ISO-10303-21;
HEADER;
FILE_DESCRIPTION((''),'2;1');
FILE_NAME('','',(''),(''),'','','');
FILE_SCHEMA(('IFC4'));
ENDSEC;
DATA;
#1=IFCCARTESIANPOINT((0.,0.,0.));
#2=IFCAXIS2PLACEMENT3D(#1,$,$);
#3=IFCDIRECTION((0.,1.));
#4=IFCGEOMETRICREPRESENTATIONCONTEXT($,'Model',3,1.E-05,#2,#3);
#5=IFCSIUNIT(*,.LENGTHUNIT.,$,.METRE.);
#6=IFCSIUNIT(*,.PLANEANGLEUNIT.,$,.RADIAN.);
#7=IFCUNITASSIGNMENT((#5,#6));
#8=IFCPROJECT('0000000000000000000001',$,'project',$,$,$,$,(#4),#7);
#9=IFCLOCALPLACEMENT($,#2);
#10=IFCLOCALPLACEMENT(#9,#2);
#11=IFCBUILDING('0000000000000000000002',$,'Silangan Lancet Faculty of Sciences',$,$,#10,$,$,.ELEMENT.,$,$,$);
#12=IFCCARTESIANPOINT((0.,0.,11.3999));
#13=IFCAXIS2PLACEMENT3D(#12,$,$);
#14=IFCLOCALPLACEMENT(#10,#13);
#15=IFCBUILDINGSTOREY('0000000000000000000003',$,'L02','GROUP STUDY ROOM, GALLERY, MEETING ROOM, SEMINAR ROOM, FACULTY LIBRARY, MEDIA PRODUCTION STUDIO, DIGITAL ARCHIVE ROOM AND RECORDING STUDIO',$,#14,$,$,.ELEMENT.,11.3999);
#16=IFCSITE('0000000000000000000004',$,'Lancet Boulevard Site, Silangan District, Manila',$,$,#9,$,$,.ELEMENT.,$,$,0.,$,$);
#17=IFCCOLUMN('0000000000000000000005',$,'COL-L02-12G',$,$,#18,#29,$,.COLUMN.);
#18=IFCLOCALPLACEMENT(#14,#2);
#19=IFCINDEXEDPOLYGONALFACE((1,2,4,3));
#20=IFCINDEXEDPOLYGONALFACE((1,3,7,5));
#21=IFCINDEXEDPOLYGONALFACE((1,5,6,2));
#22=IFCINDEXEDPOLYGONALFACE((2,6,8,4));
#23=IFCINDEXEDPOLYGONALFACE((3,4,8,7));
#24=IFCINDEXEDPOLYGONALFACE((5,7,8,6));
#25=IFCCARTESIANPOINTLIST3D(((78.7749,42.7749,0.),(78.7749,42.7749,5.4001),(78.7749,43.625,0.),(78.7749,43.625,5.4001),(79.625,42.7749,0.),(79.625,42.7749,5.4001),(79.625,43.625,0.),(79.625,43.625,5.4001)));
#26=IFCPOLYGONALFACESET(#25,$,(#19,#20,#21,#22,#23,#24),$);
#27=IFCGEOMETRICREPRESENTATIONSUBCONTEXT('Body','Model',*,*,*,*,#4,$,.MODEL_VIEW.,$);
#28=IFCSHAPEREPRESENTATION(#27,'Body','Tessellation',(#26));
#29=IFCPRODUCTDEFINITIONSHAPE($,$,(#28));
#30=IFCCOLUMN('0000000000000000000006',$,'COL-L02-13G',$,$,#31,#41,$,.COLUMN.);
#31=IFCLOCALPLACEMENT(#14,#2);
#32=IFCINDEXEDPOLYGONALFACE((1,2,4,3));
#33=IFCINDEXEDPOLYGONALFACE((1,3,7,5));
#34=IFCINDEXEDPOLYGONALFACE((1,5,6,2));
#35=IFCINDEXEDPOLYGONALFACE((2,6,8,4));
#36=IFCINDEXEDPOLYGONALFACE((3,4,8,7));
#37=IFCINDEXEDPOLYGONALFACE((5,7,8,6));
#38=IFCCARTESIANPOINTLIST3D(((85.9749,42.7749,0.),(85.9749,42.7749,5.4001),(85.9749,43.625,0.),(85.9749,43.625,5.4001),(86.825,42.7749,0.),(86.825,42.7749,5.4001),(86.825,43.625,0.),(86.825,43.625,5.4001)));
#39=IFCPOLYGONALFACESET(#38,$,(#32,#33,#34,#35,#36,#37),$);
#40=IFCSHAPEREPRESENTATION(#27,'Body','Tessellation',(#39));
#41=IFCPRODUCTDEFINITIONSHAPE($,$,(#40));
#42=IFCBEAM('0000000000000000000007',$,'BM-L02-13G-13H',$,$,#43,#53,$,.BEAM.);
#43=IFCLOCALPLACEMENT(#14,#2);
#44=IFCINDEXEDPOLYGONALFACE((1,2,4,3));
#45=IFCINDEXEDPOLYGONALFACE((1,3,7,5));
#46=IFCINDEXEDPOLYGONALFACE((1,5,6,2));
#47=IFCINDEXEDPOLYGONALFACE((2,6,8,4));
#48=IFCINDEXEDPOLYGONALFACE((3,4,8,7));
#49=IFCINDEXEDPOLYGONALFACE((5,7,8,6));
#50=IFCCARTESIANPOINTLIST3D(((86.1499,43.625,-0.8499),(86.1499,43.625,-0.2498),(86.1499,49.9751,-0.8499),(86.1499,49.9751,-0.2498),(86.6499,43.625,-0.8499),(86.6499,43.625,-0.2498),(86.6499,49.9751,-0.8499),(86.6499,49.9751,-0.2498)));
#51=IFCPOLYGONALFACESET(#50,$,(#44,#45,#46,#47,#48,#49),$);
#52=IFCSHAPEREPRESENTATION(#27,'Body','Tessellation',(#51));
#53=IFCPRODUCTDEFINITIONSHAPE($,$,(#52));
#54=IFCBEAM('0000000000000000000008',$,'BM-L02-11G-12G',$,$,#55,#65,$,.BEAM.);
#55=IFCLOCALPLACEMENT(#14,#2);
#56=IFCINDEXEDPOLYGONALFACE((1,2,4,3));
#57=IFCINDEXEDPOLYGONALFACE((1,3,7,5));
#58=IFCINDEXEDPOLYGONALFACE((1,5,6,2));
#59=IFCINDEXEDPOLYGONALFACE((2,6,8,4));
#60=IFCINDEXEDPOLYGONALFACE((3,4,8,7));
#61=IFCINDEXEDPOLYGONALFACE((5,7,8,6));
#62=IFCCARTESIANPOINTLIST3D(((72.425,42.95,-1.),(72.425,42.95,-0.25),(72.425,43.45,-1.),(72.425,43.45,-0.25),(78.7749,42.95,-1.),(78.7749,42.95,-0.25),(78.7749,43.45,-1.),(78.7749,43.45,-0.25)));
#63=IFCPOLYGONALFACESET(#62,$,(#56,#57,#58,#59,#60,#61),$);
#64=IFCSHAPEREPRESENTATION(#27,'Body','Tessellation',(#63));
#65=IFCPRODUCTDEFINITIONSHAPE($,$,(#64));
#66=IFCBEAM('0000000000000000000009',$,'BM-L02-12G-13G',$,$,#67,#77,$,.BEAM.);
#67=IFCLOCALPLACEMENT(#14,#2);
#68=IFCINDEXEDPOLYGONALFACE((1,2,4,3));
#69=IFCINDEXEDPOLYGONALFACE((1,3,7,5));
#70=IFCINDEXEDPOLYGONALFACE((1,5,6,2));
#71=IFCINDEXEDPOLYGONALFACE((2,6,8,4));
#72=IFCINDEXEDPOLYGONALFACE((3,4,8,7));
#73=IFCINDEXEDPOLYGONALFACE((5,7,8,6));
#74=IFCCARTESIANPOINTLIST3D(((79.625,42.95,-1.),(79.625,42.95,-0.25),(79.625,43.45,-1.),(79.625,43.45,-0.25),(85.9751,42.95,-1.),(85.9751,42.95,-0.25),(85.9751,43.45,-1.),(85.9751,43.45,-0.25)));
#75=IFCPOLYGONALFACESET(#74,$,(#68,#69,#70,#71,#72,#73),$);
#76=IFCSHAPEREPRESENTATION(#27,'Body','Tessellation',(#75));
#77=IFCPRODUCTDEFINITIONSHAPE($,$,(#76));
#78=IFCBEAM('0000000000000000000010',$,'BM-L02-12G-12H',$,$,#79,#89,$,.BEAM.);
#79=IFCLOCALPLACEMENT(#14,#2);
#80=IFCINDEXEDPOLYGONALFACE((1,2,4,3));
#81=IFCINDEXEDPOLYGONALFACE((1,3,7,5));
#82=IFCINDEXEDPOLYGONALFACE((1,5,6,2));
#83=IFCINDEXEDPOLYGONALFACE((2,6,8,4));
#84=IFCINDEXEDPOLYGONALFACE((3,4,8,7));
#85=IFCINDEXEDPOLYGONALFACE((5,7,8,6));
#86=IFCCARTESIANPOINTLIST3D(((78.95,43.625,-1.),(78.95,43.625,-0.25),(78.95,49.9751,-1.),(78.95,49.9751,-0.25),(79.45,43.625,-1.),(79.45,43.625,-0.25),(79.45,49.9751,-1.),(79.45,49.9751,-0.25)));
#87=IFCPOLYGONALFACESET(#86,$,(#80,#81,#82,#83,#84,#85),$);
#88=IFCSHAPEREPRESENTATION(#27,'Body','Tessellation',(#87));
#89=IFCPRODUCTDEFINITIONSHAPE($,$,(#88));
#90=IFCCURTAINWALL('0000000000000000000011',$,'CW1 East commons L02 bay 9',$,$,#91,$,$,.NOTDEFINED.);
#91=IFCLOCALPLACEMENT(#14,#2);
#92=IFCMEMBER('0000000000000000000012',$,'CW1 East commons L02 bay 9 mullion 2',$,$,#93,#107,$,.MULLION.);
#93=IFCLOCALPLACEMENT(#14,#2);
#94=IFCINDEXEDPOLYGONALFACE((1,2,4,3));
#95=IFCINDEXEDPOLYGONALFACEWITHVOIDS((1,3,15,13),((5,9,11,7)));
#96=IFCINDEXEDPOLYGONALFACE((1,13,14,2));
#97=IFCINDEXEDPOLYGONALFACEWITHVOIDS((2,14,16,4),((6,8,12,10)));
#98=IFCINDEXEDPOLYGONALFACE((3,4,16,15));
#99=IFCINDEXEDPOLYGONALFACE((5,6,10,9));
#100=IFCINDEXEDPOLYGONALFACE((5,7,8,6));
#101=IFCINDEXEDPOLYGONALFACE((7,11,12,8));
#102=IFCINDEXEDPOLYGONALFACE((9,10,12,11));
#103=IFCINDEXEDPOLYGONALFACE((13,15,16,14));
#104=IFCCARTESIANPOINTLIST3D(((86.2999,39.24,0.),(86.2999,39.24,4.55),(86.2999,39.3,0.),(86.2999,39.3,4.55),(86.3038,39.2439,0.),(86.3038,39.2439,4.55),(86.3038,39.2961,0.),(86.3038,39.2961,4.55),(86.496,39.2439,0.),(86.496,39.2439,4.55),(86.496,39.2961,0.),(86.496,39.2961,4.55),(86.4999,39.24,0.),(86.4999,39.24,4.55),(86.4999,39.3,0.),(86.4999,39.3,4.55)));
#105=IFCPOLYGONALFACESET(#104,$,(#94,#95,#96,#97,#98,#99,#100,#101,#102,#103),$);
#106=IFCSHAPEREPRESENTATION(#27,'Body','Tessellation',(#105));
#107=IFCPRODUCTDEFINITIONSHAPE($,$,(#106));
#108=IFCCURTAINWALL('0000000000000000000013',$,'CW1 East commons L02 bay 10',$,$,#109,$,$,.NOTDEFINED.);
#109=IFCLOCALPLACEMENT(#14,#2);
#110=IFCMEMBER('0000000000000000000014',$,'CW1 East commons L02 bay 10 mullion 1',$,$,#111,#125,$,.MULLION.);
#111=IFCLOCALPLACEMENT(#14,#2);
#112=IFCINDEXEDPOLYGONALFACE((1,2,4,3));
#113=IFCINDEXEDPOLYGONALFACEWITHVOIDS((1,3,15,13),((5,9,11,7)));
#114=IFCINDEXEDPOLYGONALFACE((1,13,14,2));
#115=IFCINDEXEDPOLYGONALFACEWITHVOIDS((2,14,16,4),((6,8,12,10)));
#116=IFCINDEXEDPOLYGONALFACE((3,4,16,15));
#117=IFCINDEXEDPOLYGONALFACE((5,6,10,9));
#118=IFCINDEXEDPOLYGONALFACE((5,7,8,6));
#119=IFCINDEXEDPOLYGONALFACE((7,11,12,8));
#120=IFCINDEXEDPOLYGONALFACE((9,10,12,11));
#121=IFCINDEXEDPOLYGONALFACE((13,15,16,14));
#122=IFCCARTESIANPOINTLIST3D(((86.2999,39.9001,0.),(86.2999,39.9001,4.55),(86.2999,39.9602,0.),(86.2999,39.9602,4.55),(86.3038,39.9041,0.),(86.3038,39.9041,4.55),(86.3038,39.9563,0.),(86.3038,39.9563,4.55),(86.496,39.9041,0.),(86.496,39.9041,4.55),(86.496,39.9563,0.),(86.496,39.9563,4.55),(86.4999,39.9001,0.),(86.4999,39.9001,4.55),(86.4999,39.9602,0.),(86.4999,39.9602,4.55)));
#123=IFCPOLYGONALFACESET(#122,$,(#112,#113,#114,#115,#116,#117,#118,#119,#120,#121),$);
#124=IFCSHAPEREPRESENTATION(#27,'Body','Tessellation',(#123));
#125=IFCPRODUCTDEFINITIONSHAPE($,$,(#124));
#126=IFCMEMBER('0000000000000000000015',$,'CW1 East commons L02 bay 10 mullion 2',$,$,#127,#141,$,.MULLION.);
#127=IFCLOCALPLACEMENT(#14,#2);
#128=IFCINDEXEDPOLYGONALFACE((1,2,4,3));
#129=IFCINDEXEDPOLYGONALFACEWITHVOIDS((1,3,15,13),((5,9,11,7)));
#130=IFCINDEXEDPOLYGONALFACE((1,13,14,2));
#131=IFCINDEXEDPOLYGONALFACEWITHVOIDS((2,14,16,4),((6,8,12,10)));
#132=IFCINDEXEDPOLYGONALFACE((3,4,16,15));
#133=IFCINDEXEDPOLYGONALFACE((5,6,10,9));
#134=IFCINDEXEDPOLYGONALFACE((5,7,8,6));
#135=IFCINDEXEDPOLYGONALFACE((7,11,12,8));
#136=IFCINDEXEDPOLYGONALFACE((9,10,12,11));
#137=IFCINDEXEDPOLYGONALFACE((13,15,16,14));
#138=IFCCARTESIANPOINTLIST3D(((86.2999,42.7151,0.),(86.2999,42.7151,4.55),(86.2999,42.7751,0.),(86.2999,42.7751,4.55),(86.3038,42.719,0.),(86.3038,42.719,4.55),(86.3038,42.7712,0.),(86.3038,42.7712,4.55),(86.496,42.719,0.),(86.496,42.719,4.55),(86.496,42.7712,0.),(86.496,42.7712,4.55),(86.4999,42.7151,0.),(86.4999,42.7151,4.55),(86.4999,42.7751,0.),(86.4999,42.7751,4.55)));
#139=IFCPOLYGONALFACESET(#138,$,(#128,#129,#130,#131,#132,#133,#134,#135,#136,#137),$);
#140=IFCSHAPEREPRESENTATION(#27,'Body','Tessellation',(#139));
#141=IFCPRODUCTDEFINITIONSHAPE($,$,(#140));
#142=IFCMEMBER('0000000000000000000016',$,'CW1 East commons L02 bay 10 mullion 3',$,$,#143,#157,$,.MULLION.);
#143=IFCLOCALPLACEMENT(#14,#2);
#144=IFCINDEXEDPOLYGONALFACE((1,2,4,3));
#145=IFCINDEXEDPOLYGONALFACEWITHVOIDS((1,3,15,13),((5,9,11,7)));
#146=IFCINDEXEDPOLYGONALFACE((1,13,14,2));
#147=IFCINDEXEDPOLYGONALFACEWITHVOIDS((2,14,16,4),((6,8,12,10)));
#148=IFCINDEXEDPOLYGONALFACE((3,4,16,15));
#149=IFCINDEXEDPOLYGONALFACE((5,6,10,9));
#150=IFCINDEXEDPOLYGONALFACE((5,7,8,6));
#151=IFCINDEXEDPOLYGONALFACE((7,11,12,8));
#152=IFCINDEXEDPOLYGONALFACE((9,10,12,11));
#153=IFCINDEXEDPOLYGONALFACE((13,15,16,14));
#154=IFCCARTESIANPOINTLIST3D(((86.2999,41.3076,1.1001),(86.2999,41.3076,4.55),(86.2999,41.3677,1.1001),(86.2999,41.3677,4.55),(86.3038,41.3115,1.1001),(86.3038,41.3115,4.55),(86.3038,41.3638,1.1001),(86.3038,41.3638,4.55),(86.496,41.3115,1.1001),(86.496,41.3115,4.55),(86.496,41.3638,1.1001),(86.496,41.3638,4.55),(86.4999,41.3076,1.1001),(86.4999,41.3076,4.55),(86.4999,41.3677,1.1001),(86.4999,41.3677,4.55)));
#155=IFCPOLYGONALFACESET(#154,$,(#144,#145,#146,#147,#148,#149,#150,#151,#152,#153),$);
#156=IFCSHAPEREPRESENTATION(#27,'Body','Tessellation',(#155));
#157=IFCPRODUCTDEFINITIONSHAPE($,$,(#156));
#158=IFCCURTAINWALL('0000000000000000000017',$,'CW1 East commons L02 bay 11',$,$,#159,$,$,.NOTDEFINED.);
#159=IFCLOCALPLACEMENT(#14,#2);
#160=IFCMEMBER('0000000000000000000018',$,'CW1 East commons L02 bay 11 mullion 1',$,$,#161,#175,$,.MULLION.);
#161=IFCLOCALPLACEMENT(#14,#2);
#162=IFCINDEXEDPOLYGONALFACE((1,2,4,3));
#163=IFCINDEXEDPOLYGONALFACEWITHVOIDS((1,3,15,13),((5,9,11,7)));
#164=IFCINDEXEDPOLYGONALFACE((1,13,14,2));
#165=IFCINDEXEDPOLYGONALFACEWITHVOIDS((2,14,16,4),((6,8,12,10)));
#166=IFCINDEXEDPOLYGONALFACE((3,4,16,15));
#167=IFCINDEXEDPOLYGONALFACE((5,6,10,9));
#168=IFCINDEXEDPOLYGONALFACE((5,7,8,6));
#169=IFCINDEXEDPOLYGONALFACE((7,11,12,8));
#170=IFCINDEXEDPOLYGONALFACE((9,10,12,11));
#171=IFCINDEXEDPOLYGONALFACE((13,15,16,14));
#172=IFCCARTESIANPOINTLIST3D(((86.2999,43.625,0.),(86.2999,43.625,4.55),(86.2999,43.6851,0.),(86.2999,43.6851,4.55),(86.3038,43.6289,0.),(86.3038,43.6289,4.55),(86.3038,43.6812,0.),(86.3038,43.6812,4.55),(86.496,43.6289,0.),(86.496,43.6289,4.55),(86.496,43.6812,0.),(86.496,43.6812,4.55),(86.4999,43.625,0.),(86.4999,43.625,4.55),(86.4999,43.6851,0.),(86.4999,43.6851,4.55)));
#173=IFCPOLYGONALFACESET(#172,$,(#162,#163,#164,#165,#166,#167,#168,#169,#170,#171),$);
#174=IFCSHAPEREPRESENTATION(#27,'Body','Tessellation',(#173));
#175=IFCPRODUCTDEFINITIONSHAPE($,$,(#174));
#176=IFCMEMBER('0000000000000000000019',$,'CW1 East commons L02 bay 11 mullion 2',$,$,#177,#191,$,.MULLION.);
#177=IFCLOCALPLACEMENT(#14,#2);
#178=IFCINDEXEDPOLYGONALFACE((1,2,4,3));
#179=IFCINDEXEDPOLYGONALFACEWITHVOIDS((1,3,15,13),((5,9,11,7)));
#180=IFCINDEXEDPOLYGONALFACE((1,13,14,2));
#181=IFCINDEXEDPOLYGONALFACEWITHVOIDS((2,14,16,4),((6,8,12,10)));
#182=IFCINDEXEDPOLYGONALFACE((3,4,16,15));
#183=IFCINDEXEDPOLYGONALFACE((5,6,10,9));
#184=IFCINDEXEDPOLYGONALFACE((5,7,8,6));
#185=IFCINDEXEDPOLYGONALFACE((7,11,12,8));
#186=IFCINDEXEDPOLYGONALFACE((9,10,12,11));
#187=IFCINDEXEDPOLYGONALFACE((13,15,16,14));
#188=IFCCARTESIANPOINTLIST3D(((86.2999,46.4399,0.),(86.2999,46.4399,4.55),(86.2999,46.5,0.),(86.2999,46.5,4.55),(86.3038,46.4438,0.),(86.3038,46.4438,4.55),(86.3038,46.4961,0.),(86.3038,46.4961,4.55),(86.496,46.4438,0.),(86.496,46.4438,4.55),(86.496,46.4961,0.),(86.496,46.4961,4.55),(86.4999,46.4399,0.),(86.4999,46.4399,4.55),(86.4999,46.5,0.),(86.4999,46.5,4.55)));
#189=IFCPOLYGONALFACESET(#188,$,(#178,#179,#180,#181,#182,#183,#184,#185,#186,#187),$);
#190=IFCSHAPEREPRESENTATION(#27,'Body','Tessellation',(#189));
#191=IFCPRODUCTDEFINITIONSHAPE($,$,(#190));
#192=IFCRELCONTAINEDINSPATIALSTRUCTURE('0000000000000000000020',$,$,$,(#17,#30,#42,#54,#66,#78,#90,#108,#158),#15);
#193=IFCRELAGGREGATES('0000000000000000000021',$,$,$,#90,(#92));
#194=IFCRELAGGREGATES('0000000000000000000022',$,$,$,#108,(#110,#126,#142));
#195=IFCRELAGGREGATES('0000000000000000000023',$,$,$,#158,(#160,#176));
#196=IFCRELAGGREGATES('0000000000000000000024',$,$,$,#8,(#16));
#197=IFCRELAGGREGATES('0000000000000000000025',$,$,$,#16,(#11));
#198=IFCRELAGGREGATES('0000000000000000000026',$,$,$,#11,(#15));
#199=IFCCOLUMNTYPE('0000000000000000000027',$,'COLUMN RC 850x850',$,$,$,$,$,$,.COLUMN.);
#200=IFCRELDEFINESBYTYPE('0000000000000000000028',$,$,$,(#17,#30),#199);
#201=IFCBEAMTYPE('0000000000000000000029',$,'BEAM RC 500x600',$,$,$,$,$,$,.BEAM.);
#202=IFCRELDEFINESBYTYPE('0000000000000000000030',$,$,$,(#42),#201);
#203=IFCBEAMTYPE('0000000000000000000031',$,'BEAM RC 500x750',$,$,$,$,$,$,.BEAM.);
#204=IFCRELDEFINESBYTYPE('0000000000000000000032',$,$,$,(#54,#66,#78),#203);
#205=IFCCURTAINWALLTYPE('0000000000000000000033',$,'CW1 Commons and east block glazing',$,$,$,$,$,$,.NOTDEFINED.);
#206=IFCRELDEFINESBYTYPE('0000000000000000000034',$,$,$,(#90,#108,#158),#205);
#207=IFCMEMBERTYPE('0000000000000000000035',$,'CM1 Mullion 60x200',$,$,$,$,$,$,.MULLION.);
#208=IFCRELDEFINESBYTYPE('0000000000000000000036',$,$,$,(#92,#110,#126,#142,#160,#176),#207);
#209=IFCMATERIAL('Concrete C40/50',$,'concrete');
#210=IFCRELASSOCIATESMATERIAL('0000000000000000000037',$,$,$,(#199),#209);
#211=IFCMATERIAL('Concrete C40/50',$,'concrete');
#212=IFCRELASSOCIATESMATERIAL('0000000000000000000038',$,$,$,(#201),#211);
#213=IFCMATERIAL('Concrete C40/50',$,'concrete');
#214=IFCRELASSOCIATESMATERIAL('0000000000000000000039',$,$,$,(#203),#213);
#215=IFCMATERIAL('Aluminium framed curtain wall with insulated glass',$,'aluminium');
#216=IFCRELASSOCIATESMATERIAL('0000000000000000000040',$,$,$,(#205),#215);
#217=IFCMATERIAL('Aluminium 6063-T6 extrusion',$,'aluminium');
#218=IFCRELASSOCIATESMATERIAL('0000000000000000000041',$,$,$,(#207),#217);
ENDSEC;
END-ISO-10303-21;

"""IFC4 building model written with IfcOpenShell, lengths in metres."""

from ifc_helpers import new_model, si_unit, direction, frame, origin, origin_2d, place, context, subcontext, project, spatial, rectangle, hollow_rectangle, extrude, material, material_profile, profile_set, type_object, element, aggregate, save


model = new_model("IFC4")

# Units and contexts
model_context = context("Model", 3, precision=1e-05, world=origin(), true_north=direction((0.0, 1.0)))
body_context = subcontext(model_context, "Body", "Model", "MODEL_VIEW")
ifc_project = project(units=[si_unit("LENGTHUNIT", "METRE"), si_unit("PLANEANGLEUNIT", "RADIAN")], contexts=[model_context])

# Site, building, storey
site_placement = place(None, origin())
site = spatial("IfcSite", under=ifc_project, at=site_placement, Name="Lancet Boulevard Site, Silangan District, Manila", CompositionType="ELEMENT", RefElevation=0.0)
building_placement = place(site_placement, origin())
building = spatial("IfcBuilding", under=site, at=building_placement, Name="Silangan Lancet Faculty of Sciences", CompositionType="ELEMENT")
storey_placement = place(building_placement, frame((0.0, 0.0, 11.3999)))
storey = spatial("IfcBuildingStorey", under=building, at=storey_placement, Name="L02", Description="GROUP STUDY ROOM, GALLERY, MEETING ROOM, SEMINAR ROOM, FACULTY LIBRARY, MEDIA PRODUCTION STUDIO, DIGITAL ARCHIVE ROOM AND RECORDING STUDIO", CompositionType="ELEMENT", Elevation=11.3999)

# Columns
ifc_material_1 = material(Name="Concrete C40/50", Category="concrete")
ifc_material_profile_1 = material_profile(ifc_material_1, rectangle(XDim=0.8501, YDim=0.8501, at=origin_2d()), Name="RC 850x850")
ifc_profile_set_1 = profile_set([ifc_material_profile_1], Name="Concrete C40/50")
column_type = type_object("IfcColumnType", Name="COLUMN RC 850x850", PredefinedType="COLUMN", material=ifc_profile_set_1)
for number, where, z_axis, x_axis, name in (
    (1, (79.2, 43.2, 0.0), (0.0, 0.0, 1.0), (1.0, 0.0, 0.0), "COL-L02-12G"),
    (2, (86.3999, 43.2, 0.0), (0.0, 0.0, 1.0), (1.0, 0.0, 0.0), "COL-L02-13G"),
):
    element("IfcColumn", number, at=place(storey_placement, frame(where, z_axis=z_axis, x_axis=x_axis)), inside=storey, type_object=column_type, Name=name, PredefinedType="COLUMN", context=body_context, shape_type="SweptSolid", body=[
        extrude(rectangle(XDim=0.8501, YDim=0.8501, at=origin_2d()), origin(), (0.0, 0.0, 1.0), 5.4001),
    ])

# Beams
ifc_material_2 = material(Name="Concrete C40/50", Category="concrete")
ifc_material_profile_2 = material_profile(ifc_material_2, rectangle(XDim=0.5, YDim=0.6001, at=origin_2d()), Name="RC 500x600")
ifc_profile_set_2 = profile_set([ifc_material_profile_2], Name="Concrete C40/50")
beam_type_1 = type_object("IfcBeamType", Name="BEAM RC 500x600", PredefinedType="BEAM", material=ifc_profile_set_2)
beam_1_placement = place(storey_placement, frame((86.3999, 43.625, -0.5498), z_axis=(0.0, 1.0, 0.0), x_axis=(-1.0, 0.0, 0.0)))
element("IfcBeam", 3, at=beam_1_placement, inside=storey, type_object=beam_type_1, Name="BM-L02-13G-13H", PredefinedType="BEAM", context=body_context, shape_type="SweptSolid", body=[
    extrude(rectangle(XDim=0.5, YDim=0.6001, at=origin_2d()), origin(), (0.0, 0.0, 1.0), 6.3501),
])
ifc_material_3 = material(Name="Concrete C40/50", Category="concrete")
ifc_material_profile_3 = material_profile(ifc_material_3, rectangle(XDim=0.5, YDim=0.75, at=origin_2d()), Name="RC 500x750")
ifc_profile_set_3 = profile_set([ifc_material_profile_3], Name="Concrete C40/50")
beam_type_2 = type_object("IfcBeamType", Name="BEAM RC 500x750", PredefinedType="BEAM", material=ifc_profile_set_3)
beam_2_placement = place(storey_placement, frame((72.425, 43.2, -0.625), z_axis=(1.0, 0.0, 0.0), x_axis=(0.0, 1.0, 0.0)))
element("IfcBeam", 4, at=beam_2_placement, inside=storey, type_object=beam_type_2, Name="BM-L02-11G-12G", PredefinedType="BEAM", context=body_context, shape_type="SweptSolid", body=[
    extrude(rectangle(XDim=0.5, YDim=0.75, at=origin_2d()), origin(), (0.0, 0.0, 1.0), 6.3499),
])
for number, where, z_axis, x_axis, name in (
    (5, (79.625, 43.2, -0.625), (1.0, 0.0, 0.0), (0.0, 1.0, 0.0), "BM-L02-12G-13G"),
    (6, (79.2, 43.625, -0.625), (0.0, 1.0, 0.0), (-1.0, 0.0, 0.0), "BM-L02-12G-12H"),
):
    element("IfcBeam", number, at=place(storey_placement, frame(where, z_axis=z_axis, x_axis=x_axis)), inside=storey, type_object=beam_type_2, Name=name, PredefinedType="BEAM", context=body_context, shape_type="SweptSolid", body=[
        extrude(rectangle(XDim=0.5, YDim=0.75, at=origin_2d()), origin(), (0.0, 0.0, 1.0), 6.3501),
    ])

# Curtain wall, member
ifc_material_4 = material(Name="Aluminium framed curtain wall with insulated glass", Category="aluminium")
curtain_wall_type = type_object("IfcCurtainWallType", Name="CW1 Commons and east block glazing", PredefinedType="NOTDEFINED", material=ifc_material_4)
curtain_wall_1_placement = place(storey_placement, origin())
curtain_wall_1 = element("IfcCurtainWall", 7, at=curtain_wall_1_placement, inside=storey, type_object=curtain_wall_type, Name="CW1 East commons L02 bay 9", PredefinedType="NOTDEFINED")
ifc_material_5 = material(Name="Aluminium 6063-T6 extrusion", Category="aluminium")
ifc_material_profile_4 = material_profile(ifc_material_5, hollow_rectangle(XDim=0.0601, YDim=0.2, WallThickness=0.0039, at=origin_2d()), Name="AL BOX 60x200x4")
ifc_profile_set_4 = profile_set([ifc_material_profile_4], Name="Aluminium 6063-T6 extrusion")
member_type_1 = type_object("IfcMemberType", Name="CM1 Mullion 60x200", PredefinedType="MULLION", material=ifc_profile_set_4)
member_1_placement = place(storey_placement, frame((86.3999, 39.27, 0.0), z_axis=(0.0, 0.0, 1.0), x_axis=(0.0, 1.0, 0.0)))
member_1 = element("IfcMember", 8, at=member_1_placement, type_object=member_type_1, Name="CW1 East commons L02 bay 9 mullion 2", PredefinedType="MULLION", context=body_context, shape_type="SweptSolid", body=[
    extrude(hollow_rectangle(XDim=0.0601, YDim=0.2, WallThickness=0.0039, at=origin_2d()), origin(), (0.0, 0.0, 1.0), 4.55),
])

# Curtain walls, members
curtain_wall_2_placement = place(storey_placement, origin())
curtain_wall_2 = element("IfcCurtainWall", 9, at=curtain_wall_2_placement, inside=storey, type_object=curtain_wall_type, Name="CW1 East commons L02 bay 10", PredefinedType="NOTDEFINED")
member_2_placement = place(storey_placement, frame((86.3999, 39.9302, 0.0), z_axis=(0.0, 0.0, 1.0), x_axis=(0.0, 1.0, 0.0)))
member_2 = element("IfcMember", 10, at=member_2_placement, type_object=member_type_1, Name="CW1 East commons L02 bay 10 mullion 1", PredefinedType="MULLION", context=body_context, shape_type="SweptSolid", body=[
    extrude(hollow_rectangle(XDim=0.0601, YDim=0.2, WallThickness=0.0039, at=origin_2d()), origin(), (0.0, 0.0, 1.0), 4.55),
])
member_3_placement = place(storey_placement, frame((86.3999, 42.7451, 0.0), z_axis=(0.0, 0.0, 1.0), x_axis=(0.0, 1.0, 0.0)))
member_3 = element("IfcMember", 11, at=member_3_placement, type_object=member_type_1, Name="CW1 East commons L02 bay 10 mullion 2", PredefinedType="MULLION", context=body_context, shape_type="SweptSolid", body=[
    extrude(hollow_rectangle(XDim=0.0601, YDim=0.2, WallThickness=0.0039, at=origin_2d()), origin(), (0.0, 0.0, 1.0), 4.55),
])
member_4_placement = place(storey_placement, frame((86.3999, 41.3376, 1.1001), z_axis=(0.0, 0.0, 1.0), x_axis=(0.0, 1.0, 0.0)))
member_4 = element("IfcMember", 12, at=member_4_placement, type_object=member_type_1, Name="CW1 East commons L02 bay 10 mullion 3", PredefinedType="MULLION", context=body_context, shape_type="SweptSolid", body=[
    extrude(hollow_rectangle(XDim=0.0601, YDim=0.2, WallThickness=0.0039, at=origin_2d()), origin(), (0.0, 0.0, 1.0), 3.45),
])
curtain_wall_3_placement = place(storey_placement, origin())
curtain_wall_3 = element("IfcCurtainWall", 13, at=curtain_wall_3_placement, inside=storey, type_object=curtain_wall_type, Name="CW1 East commons L02 bay 11", PredefinedType="NOTDEFINED")
member_5_placement = place(storey_placement, frame((86.3999, 43.655, 0.0), z_axis=(0.0, 0.0, 1.0), x_axis=(0.0, 1.0, 0.0)))
member_5 = element("IfcMember", 14, at=member_5_placement, type_object=member_type_1, Name="CW1 East commons L02 bay 11 mullion 1", PredefinedType="MULLION", context=body_context, shape_type="SweptSolid", body=[
    extrude(hollow_rectangle(XDim=0.0601, YDim=0.2, WallThickness=0.0039, at=origin_2d()), origin(), (0.0, 0.0, 1.0), 4.55),
])
member_6_placement = place(storey_placement, frame((86.3999, 46.47, 0.0), z_axis=(0.0, 0.0, 1.0), x_axis=(0.0, 1.0, 0.0)))
member_6 = element("IfcMember", 15, at=member_6_placement, type_object=member_type_1, Name="CW1 East commons L02 bay 11 mullion 2", PredefinedType="MULLION", context=body_context, shape_type="SweptSolid", body=[
    extrude(hollow_rectangle(XDim=0.0601, YDim=0.2, WallThickness=0.0039, at=origin_2d()), origin(), (0.0, 0.0, 1.0), 4.55),
])

aggregate(curtain_wall_1, [member_1])
aggregate(curtain_wall_2, [member_2, member_3, member_4])
aggregate(curtain_wall_3, [member_5, member_6])

save(model, "model.ifc")
